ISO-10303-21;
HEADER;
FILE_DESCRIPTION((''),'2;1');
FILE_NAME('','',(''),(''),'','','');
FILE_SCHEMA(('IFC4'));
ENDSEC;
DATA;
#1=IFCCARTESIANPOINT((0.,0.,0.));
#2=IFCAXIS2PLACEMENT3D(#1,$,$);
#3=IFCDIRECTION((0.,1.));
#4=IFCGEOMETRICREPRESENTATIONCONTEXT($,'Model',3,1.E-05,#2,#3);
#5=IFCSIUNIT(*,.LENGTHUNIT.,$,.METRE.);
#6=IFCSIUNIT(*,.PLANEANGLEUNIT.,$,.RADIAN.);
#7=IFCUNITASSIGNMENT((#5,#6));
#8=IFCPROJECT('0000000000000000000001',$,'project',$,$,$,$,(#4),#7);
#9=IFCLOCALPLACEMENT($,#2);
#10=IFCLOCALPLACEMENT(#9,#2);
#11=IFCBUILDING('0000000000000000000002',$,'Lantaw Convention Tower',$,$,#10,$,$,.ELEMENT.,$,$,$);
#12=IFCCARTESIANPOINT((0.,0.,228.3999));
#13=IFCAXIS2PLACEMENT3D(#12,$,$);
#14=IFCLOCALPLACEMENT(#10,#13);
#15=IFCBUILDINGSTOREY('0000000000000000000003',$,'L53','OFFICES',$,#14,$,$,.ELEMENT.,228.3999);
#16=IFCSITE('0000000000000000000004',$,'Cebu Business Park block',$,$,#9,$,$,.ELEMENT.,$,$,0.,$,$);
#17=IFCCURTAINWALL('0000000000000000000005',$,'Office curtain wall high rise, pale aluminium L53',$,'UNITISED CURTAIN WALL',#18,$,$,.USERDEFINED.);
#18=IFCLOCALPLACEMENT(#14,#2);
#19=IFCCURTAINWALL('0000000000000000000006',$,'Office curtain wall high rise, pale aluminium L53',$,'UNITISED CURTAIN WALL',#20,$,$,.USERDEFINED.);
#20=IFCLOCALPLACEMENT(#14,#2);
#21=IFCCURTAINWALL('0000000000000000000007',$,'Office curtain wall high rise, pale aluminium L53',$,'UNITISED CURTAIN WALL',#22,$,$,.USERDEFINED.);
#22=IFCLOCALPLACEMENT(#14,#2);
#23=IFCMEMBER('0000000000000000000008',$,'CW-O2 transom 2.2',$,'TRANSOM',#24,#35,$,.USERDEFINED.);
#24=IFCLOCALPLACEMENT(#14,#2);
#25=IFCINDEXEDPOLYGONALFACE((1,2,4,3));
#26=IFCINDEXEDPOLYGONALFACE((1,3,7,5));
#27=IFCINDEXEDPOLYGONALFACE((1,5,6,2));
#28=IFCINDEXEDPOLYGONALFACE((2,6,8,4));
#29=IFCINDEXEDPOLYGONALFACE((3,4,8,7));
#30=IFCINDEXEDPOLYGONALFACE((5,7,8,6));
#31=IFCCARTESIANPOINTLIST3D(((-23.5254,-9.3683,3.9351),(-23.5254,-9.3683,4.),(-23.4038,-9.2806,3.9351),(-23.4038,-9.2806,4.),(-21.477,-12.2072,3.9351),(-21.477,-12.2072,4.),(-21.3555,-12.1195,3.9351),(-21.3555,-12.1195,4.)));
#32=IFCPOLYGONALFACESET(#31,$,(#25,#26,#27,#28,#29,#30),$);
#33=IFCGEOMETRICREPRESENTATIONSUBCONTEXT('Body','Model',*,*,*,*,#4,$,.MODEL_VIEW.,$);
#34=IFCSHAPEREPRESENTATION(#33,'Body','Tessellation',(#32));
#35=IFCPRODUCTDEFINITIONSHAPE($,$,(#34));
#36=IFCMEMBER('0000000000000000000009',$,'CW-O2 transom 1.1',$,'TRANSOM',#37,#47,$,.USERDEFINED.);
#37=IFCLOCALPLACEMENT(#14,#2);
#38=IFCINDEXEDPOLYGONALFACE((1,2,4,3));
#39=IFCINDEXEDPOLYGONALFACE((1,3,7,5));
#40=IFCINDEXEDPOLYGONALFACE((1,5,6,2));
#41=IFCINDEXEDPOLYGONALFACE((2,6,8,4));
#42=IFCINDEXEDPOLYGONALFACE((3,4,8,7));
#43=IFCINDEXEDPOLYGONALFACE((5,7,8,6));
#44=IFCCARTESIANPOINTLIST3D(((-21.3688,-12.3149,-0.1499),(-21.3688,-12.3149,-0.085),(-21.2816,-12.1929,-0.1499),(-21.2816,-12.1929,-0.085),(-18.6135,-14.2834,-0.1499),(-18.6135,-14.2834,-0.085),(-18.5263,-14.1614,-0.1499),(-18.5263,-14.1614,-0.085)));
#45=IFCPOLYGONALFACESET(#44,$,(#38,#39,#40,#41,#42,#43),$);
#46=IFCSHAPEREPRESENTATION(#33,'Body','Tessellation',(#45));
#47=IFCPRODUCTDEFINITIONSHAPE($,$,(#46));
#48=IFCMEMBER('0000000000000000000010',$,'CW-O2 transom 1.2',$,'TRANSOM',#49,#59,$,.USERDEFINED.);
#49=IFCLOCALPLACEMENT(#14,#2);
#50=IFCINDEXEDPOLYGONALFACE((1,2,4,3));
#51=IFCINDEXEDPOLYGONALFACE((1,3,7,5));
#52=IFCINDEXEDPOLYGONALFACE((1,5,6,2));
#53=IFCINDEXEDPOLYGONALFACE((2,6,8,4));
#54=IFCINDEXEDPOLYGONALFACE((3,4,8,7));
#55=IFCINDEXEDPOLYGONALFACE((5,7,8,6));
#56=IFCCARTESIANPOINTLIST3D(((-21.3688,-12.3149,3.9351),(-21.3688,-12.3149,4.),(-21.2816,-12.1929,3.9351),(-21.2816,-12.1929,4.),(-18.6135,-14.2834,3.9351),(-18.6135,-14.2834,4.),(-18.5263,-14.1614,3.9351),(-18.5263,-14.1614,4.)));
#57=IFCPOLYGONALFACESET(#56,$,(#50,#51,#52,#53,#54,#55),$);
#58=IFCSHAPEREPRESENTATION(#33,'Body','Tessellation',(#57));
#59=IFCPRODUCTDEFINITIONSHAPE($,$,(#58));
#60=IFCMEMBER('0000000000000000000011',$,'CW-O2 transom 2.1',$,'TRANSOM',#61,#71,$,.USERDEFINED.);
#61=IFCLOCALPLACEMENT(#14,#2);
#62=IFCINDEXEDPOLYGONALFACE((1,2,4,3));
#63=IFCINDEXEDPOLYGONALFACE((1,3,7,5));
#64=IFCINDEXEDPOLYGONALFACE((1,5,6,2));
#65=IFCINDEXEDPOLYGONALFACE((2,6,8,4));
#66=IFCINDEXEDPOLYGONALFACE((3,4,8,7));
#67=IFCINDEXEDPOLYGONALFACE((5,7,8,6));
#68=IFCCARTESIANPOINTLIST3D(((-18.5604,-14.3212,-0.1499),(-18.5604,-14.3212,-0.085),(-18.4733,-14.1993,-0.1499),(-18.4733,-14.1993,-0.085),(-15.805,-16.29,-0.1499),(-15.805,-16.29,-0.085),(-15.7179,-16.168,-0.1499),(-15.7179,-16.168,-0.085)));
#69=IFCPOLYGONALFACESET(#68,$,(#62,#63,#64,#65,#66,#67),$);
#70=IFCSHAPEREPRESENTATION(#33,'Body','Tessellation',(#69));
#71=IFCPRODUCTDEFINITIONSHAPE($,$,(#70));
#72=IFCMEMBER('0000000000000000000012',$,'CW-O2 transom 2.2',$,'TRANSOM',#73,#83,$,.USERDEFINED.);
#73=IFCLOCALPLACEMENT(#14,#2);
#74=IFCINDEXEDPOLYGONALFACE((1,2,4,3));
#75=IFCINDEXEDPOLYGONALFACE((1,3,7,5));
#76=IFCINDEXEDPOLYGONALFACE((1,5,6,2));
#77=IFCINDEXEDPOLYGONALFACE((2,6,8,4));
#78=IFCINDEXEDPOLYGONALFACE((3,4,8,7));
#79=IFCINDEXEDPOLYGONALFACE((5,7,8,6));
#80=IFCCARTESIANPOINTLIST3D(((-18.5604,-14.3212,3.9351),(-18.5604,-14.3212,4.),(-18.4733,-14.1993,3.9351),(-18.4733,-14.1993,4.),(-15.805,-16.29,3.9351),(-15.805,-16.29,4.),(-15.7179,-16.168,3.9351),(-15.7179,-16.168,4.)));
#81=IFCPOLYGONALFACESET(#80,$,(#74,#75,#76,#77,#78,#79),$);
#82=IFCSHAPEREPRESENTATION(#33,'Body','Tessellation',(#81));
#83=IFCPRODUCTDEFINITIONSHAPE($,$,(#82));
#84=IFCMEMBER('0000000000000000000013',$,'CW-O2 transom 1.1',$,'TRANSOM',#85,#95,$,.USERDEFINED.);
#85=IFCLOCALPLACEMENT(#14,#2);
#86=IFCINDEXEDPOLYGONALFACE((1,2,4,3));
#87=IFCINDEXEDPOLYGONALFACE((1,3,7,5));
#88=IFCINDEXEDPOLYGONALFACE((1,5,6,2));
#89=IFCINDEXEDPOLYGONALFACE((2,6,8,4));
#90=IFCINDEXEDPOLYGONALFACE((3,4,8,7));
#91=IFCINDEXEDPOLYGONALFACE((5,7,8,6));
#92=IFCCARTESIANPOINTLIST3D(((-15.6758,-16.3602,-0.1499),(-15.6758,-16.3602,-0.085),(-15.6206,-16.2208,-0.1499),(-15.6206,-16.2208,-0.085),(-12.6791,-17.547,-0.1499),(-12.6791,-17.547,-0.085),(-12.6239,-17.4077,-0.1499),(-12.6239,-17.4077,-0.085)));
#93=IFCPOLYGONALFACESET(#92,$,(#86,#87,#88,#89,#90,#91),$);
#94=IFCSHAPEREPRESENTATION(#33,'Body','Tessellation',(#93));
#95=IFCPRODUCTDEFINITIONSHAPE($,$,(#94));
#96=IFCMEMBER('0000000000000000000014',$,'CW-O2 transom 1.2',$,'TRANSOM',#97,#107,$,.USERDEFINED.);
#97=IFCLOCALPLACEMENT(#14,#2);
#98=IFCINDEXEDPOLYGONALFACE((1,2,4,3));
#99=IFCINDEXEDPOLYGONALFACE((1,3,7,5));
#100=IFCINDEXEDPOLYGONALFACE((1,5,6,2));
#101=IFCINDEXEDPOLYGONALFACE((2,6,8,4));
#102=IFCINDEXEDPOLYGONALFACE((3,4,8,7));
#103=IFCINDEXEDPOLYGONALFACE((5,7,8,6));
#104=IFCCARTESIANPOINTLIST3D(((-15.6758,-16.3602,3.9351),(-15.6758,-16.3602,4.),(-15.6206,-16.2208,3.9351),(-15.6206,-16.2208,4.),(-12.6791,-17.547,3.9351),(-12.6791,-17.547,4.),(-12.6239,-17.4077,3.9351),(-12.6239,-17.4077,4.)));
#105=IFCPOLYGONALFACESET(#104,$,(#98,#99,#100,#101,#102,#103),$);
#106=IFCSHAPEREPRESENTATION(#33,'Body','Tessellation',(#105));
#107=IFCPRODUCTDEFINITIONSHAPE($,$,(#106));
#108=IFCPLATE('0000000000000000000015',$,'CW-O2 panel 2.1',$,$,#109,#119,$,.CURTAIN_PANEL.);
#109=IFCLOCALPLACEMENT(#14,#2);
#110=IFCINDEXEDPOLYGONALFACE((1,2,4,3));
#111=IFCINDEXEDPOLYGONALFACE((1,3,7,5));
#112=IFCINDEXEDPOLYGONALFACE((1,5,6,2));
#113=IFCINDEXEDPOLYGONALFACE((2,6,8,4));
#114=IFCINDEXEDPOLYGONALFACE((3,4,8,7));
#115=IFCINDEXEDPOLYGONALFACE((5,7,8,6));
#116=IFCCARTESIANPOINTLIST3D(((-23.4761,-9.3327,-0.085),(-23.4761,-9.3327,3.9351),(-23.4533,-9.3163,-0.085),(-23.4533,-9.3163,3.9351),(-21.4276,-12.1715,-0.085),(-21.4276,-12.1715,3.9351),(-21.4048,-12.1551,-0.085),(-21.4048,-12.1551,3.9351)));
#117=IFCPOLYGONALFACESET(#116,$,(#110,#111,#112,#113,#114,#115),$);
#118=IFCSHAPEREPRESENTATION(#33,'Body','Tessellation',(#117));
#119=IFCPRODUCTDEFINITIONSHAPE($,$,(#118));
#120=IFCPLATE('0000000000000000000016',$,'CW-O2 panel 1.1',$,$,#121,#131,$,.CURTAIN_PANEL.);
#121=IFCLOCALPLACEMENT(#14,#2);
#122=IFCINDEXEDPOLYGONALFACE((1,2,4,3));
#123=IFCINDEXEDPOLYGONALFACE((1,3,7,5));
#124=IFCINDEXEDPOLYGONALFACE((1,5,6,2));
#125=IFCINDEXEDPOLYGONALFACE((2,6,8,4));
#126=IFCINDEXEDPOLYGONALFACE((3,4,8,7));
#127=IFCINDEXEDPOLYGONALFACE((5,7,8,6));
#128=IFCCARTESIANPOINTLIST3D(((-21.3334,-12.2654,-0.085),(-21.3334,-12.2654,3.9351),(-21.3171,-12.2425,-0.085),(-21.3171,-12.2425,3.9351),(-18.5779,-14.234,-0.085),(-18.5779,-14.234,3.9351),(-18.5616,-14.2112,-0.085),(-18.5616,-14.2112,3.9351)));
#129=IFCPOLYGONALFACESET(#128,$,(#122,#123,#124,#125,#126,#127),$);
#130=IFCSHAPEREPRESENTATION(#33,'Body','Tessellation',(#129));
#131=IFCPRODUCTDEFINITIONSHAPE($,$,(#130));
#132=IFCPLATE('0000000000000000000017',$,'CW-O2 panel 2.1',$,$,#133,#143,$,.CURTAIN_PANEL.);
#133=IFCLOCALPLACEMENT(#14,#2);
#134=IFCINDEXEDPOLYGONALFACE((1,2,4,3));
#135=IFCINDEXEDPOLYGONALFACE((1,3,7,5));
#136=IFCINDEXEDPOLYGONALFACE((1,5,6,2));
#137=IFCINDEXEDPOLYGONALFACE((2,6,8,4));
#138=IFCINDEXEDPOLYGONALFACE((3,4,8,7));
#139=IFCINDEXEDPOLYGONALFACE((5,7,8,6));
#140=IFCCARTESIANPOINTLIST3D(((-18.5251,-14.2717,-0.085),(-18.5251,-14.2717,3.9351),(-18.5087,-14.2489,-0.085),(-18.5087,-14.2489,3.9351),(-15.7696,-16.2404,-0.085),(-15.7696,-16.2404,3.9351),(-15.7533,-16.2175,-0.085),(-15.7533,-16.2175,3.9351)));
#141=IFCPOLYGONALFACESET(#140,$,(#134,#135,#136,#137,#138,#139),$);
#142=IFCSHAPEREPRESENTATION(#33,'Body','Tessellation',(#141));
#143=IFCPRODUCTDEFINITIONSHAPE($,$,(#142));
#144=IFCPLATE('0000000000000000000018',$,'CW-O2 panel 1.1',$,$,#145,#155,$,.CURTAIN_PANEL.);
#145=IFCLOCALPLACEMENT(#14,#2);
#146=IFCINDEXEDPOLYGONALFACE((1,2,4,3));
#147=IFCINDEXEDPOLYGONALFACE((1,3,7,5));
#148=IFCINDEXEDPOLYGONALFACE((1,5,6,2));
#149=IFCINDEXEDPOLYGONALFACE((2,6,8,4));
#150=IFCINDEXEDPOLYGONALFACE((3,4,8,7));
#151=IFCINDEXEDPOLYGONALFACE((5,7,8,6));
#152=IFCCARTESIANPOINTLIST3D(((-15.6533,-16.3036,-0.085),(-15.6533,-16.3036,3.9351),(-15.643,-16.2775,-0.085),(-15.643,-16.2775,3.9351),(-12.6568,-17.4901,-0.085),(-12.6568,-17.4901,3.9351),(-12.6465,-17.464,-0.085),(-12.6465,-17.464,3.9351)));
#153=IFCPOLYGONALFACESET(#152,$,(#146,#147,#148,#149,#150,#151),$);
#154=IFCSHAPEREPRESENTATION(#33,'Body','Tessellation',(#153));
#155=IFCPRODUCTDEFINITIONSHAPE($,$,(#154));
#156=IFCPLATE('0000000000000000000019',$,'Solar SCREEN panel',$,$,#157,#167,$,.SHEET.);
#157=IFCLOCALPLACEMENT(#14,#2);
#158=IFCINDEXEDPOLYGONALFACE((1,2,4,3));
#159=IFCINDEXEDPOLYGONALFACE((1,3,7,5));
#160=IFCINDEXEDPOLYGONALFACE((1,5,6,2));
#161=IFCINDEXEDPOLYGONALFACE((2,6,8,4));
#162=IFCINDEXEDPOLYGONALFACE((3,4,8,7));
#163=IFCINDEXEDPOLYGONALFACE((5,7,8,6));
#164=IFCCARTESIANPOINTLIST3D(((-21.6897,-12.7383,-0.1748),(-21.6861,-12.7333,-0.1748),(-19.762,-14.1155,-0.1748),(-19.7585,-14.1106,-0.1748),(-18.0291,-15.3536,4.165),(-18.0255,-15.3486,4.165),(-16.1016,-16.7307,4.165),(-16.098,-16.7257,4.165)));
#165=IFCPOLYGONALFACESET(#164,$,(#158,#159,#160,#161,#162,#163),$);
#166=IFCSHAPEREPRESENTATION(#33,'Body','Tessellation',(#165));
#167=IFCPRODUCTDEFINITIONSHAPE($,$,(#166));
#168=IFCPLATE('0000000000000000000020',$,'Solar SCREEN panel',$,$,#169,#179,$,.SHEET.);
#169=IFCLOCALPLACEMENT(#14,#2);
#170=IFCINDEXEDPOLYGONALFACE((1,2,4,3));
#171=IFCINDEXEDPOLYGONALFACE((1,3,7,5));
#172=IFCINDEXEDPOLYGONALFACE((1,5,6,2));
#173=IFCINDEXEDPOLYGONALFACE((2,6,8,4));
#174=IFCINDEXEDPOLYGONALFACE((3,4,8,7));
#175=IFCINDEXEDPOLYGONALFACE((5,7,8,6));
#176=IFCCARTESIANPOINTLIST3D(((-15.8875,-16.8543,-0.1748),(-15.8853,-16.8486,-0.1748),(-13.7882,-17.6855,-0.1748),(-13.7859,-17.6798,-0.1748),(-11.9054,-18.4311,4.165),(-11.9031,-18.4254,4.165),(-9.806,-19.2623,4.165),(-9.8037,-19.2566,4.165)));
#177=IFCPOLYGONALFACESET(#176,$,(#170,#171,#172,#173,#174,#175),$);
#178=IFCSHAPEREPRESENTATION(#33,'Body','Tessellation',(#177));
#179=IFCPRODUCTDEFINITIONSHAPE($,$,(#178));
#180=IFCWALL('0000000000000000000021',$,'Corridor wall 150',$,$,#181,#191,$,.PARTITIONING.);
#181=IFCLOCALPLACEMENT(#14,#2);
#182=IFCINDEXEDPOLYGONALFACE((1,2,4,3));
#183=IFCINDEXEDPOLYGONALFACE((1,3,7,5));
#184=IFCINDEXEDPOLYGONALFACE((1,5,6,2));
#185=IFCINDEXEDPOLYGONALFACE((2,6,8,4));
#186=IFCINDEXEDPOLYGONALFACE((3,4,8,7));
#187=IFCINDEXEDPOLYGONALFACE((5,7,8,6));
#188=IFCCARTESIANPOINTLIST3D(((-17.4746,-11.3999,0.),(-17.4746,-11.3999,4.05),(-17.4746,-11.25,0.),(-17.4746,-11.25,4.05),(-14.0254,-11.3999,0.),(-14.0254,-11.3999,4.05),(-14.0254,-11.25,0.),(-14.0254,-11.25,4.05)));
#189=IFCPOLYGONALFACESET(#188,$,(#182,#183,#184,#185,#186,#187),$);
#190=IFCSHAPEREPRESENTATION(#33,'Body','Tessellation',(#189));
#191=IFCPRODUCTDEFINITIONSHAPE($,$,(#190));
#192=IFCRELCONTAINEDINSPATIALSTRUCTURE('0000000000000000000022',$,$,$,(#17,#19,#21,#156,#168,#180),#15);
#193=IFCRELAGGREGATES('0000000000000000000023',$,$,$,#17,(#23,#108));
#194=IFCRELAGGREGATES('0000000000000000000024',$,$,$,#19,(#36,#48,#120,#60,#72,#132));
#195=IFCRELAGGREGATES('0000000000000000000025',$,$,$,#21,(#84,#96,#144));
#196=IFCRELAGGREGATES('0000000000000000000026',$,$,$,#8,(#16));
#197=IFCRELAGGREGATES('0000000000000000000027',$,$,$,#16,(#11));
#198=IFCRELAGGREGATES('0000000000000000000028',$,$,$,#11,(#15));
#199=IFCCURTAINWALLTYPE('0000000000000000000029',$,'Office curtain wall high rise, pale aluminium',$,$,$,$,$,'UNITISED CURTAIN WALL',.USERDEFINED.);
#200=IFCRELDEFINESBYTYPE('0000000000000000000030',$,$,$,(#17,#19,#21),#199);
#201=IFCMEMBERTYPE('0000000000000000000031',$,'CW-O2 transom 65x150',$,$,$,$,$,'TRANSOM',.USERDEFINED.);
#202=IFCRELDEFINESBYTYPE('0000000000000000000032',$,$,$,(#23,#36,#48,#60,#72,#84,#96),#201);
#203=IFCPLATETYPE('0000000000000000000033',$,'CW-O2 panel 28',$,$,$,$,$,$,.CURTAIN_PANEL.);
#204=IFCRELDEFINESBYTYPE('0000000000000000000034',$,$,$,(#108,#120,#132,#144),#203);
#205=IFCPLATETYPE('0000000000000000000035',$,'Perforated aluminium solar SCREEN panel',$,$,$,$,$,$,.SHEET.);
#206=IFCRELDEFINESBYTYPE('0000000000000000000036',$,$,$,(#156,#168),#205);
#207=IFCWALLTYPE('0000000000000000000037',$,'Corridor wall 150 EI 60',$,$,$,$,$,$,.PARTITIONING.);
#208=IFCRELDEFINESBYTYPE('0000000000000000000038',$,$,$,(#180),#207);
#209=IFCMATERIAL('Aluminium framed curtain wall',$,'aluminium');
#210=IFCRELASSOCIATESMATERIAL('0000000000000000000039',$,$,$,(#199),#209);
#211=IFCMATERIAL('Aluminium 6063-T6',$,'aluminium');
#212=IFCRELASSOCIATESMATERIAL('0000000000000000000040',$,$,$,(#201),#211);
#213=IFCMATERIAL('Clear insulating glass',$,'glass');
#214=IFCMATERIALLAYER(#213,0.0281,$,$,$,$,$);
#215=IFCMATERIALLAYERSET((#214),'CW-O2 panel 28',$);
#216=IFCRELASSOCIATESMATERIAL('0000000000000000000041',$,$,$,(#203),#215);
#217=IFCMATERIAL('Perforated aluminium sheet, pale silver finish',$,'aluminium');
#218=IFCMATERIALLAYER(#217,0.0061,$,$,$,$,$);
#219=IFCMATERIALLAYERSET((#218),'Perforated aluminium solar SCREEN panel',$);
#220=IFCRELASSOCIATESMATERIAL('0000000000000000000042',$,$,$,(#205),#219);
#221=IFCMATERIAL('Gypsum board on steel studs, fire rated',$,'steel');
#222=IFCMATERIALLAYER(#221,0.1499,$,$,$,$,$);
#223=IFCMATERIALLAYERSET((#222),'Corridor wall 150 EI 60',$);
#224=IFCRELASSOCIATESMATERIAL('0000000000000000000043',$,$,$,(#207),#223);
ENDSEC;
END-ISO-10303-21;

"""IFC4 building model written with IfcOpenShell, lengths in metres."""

from ifc_helpers import new_model, si_unit, direction, frame, frame_2d, origin, origin_2d, place, context, subcontext, project, spatial, polyline, rectangle, outline, extrude, material, layer, layer_set, material_profile, profile_set, type_object, element, aggregate, save


model = new_model("IFC4")

# Units and contexts
model_context = context("Model", 3, precision=1e-05, world=origin(), true_north=direction((0.0, 1.0)))
body_context = subcontext(model_context, "Body", "Model", "MODEL_VIEW")
ifc_project = project(units=[si_unit("LENGTHUNIT", "METRE"), si_unit("PLANEANGLEUNIT", "RADIAN")], contexts=[model_context])

# Site, building, storey
site_placement = place(None, origin())
site = spatial("IfcSite", under=ifc_project, at=site_placement, Name="Cebu Business Park block", CompositionType="ELEMENT", RefElevation=0.0)
building_placement = place(site_placement, origin())
building = spatial("IfcBuilding", under=site, at=building_placement, Name="Lantaw Convention Tower", CompositionType="ELEMENT")
storey_placement = place(building_placement, frame((0.0, 0.0, 228.3999)))
storey = spatial("IfcBuildingStorey", under=building, at=storey_placement, Name="L53", Description="OFFICES", CompositionType="ELEMENT", Elevation=228.3999)

# Curtain walls
ifc_material_1 = material(Name="Aluminium framed curtain wall", Category="aluminium")
curtain_wall_type = type_object("IfcCurtainWallType", Name="Office curtain wall high rise, pale aluminium", ElementType="UNITISED CURTAIN WALL", PredefinedType="USERDEFINED", material=ifc_material_1)
curtain_wall_1_placement = place(storey_placement, origin())
curtain_wall_1 = element("IfcCurtainWall", 1, at=curtain_wall_1_placement, inside=storey, type_object=curtain_wall_type, Name="Office curtain wall high rise, pale aluminium L53", ObjectType="UNITISED CURTAIN WALL", PredefinedType="USERDEFINED")
ifc_material_2 = material(Name="Aluminium 6063-T6", Category="aluminium")
curtain_wall_2_placement = place(storey_placement, origin())
curtain_wall_2 = element("IfcCurtainWall", 2, at=curtain_wall_2_placement, inside=storey, type_object=curtain_wall_type, Name="Office curtain wall high rise, pale aluminium L53", ObjectType="UNITISED CURTAIN WALL", PredefinedType="USERDEFINED")

# Curtain wall
curtain_wall_3_placement = place(storey_placement, origin())
curtain_wall_3 = element("IfcCurtainWall", 3, at=curtain_wall_3_placement, inside=storey, type_object=curtain_wall_type, Name="Office curtain wall high rise, pale aluminium L53", ObjectType="UNITISED CURTAIN WALL", PredefinedType="USERDEFINED")

# Members
ifc_material_profile_1 = material_profile(ifc_material_2, rectangle(XDim=0.1499, YDim=0.0649, at=origin_2d()), Name="CW-O2 transom 65x150")
ifc_profile_set_1 = profile_set([ifc_material_profile_1], Name="Aluminium 6063-T6")
member_type_1 = type_object("IfcMemberType", Name="CW-O2 transom 65x150", ElementType="TRANSOM", PredefinedType="USERDEFINED", material=ifc_profile_set_1)
member_1_placement = place(storey_placement, frame((-23.4646, -9.3245, 3.9675), z_axis=(0.585124, -0.810944, 0.0), x_axis=(0.810944, 0.585124, 0.0)))
member_1 = element("IfcMember", 4, at=member_1_placement, type_object=member_type_1, Name="CW-O2 transom 2.2", ObjectType="TRANSOM", PredefinedType="USERDEFINED", context=body_context, shape_type="SweptSolid", body=[
    extrude(rectangle(XDim=0.1499, YDim=0.0649, at=origin_2d()), origin(), (0.0, 0.0, 1.0), 3.5007),
])
member_2_placement = place(storey_placement, frame((-21.3252, -12.2539, -0.1174), z_axis=(0.81368, -0.581313, 0.0), x_axis=(0.581313, 0.81368, 0.0)))
member_2 = element("IfcMember", 5, at=member_2_placement, type_object=member_type_1, Name="CW-O2 transom 1.1", ObjectType="TRANSOM", PredefinedType="USERDEFINED", context=body_context, shape_type="SweptSolid", body=[
    extrude(rectangle(XDim=0.1499, YDim=0.0649, at=origin_2d()), origin(), (0.0, 0.0, 1.0), 3.3862),
])
member_3_placement = place(storey_placement, frame((-21.3252, -12.2539, 3.9675), z_axis=(0.81368, -0.581313, 0.0), x_axis=(0.581313, 0.81368, 0.0)))
member_3 = element("IfcMember", 6, at=member_3_placement, type_object=member_type_1, Name="CW-O2 transom 1.2", ObjectType="TRANSOM", PredefinedType="USERDEFINED", context=body_context, shape_type="SweptSolid", body=[
    extrude(rectangle(XDim=0.1499, YDim=0.0649, at=origin_2d()), origin(), (0.0, 0.0, 1.0), 3.3862),
])
member_4_placement = place(storey_placement, frame((-18.5168, -14.2603, -0.1174), z_axis=(0.813646, -0.581361, 0.0), x_axis=(0.581361, 0.813646, 0.0)))
member_4 = element("IfcMember", 7, at=member_4_placement, type_object=member_type_1, Name="CW-O2 transom 2.1", ObjectType="TRANSOM", PredefinedType="USERDEFINED", context=body_context, shape_type="SweptSolid", body=[
    extrude(rectangle(XDim=0.1499, YDim=0.0649, at=origin_2d()), origin(), (0.0, 0.0, 1.0), 3.3865),
])
member_5_placement = place(storey_placement, frame((-18.5168, -14.2603, 3.9675), z_axis=(0.813646, -0.581361, 0.0), x_axis=(0.581361, 0.813646, 0.0)))
member_5 = element("IfcMember", 8, at=member_5_placement, type_object=member_type_1, Name="CW-O2 transom 2.2", ObjectType="TRANSOM", PredefinedType="USERDEFINED", context=body_context, shape_type="SweptSolid", body=[
    extrude(rectangle(XDim=0.1499, YDim=0.0649, at=origin_2d()), origin(), (0.0, 0.0, 1.0), 3.3865),
])
member_6_placement = place(storey_placement, frame((-15.6482, -16.2905, -0.1174), z_axis=(0.929741, -0.368215, 0.0), x_axis=(0.368215, 0.929741, 0.0)))
member_6 = element("IfcMember", 9, at=member_6_placement, type_object=member_type_1, Name="CW-O2 transom 1.1", ObjectType="TRANSOM", PredefinedType="USERDEFINED", context=body_context, shape_type="SweptSolid", body=[
    extrude(rectangle(XDim=0.1499, YDim=0.0649, at=origin_2d()), origin(), (0.0, 0.0, 1.0), 3.2231),
])
member_7_placement = place(storey_placement, frame((-15.6482, -16.2905, 3.9675), z_axis=(0.929741, -0.368215, 0.0), x_axis=(0.368215, 0.929741, 0.0)))
member_7 = element("IfcMember", 10, at=member_7_placement, type_object=member_type_1, Name="CW-O2 transom 1.2", ObjectType="TRANSOM", PredefinedType="USERDEFINED", context=body_context, shape_type="SweptSolid", body=[
    extrude(rectangle(XDim=0.1499, YDim=0.0649, at=origin_2d()), origin(), (0.0, 0.0, 1.0), 3.2231),
])

# Plates
ifc_material_3 = material(Name="Clear insulating glass", Category="glass")
ifc_layer_1 = layer(ifc_material_3, 0.0281)
ifc_layer_set_1 = layer_set([ifc_layer_1], Name="CW-O2 panel 28")
plate_type_1 = type_object("IfcPlateType", Name="CW-O2 panel 28", PredefinedType="CURTAIN_PANEL", material=ifc_layer_set_1)
plate_1_placement = place(storey_placement, frame((-22.4404, -10.7439, -0.085), z_axis=(0.0, 0.0, 1.0), x_axis=(0.585158, -0.81092, 0.0)))
plate_1 = element("IfcPlate", 11, at=plate_1_placement, type_object=plate_type_1, Name="CW-O2 panel 2.1", PredefinedType="CURTAIN_PANEL", context=body_context, shape_type="SweptSolid", body=[
    extrude(rectangle(XDim=3.5007, YDim=0.0281, at=origin_2d()), origin(), (0.0, 0.0, 1.0), 4.02),
])
aggregate(curtain_wall_1, [member_1, plate_1])
plate_2_placement = place(storey_placement, frame((-19.9475, -13.2383, -0.085), z_axis=(0.0, 0.0, 1.0), x_axis=(0.813673, -0.581323, 0.0)))
plate_2 = element("IfcPlate", 12, at=plate_2_placement, type_object=plate_type_1, Name="CW-O2 panel 1.1", PredefinedType="CURTAIN_PANEL", context=body_context, shape_type="SweptSolid", body=[
    extrude(rectangle(XDim=3.3865, YDim=0.0281, at=origin_2d()), origin(), (0.0, 0.0, 1.0), 4.02),
])
plate_3_placement = place(storey_placement, frame((-17.1392, -15.2446, -0.085), z_axis=(0.0, 0.0, 1.0), x_axis=(0.813673, -0.581323, 0.0)))
plate_3 = element("IfcPlate", 13, at=plate_3_placement, type_object=plate_type_1, Name="CW-O2 panel 2.1", PredefinedType="CURTAIN_PANEL", context=body_context, shape_type="SweptSolid", body=[
    extrude(rectangle(XDim=3.3865, YDim=0.0281, at=origin_2d()), origin(), (0.0, 0.0, 1.0), 4.02),
])
aggregate(curtain_wall_2, [member_2, member_3, plate_2, member_4, member_5, plate_3])
plate_4_placement = place(storey_placement, frame((-14.1499, -16.8838, -0.085), z_axis=(0.0, 0.0, 1.0), x_axis=(0.929762, -0.368162, 0.0)))
plate_4 = element("IfcPlate", 14, at=plate_4_placement, type_object=plate_type_1, Name="CW-O2 panel 1.1", PredefinedType="CURTAIN_PANEL", context=body_context, shape_type="SweptSolid", body=[
    extrude(rectangle(XDim=3.2229, YDim=0.0281, at=origin_2d()), origin(), (0.0, 0.0, 1.0), 4.02),
])
aggregate(curtain_wall_3, [member_6, member_7, plate_4])

# Plates
ifc_material_4 = material(Name="Perforated aluminium sheet, pale silver finish", Category="aluminium")
ifc_layer_2 = layer(ifc_material_4, 0.0061)
ifc_layer_set_2 = layer_set([ifc_layer_2], Name="Perforated aluminium solar SCREEN panel")
plate_type_2 = type_object("IfcPlateType", Name="Perforated aluminium solar SCREEN panel", PredefinedType="SHEET", material=ifc_layer_set_2)
plate_5_placement = place(storey_placement, frame((-21.6897, -12.7383, -0.1748), z_axis=(-0.581331, -0.813667, 0.00001), x_axis=(0.813667, -0.581331, 0.0)))
element("IfcPlate", 15, at=plate_5_placement, inside=storey, type_object=plate_type_2, Name="Solar SCREEN panel", PredefinedType="SHEET", context=body_context, shape_type="SweptSolid", body=[
    extrude(outline(polyline([(0.0, 0.0), (2.3691, 0.0), (6.8678, 4.3398), (4.4989, 4.3398), (0.0, 0.0)])), origin(), (0.0, 0.0, -1.0), 0.0061),
])
plate_6_placement = place(storey_placement, frame((-15.8853, -16.8486, -0.1748), z_axis=(0.368117, 0.92978, 0.000036), x_axis=(0.92978, -0.368117, 0.0)))
element("IfcPlate", 16, at=plate_6_placement, inside=storey, type_object=plate_type_2, Name="Solar SCREEN panel", PredefinedType="SHEET", context=body_context, shape_type="SweptSolid", body=[
    extrude(outline(polyline([(0.0, 0.0), (2.2579, 0.0), (6.5409, -4.3398), (4.2829, -4.3398), (0.0, 0.0)])), origin(), (0.0, 0.0, -1.0), 0.0061),
])

# Wall
ifc_material_5 = material(Name="Gypsum board on steel studs, fire rated", Category="steel")
ifc_layer_3 = layer(ifc_material_5, 0.1499)
ifc_layer_set_3 = layer_set([ifc_layer_3], Name="Corridor wall 150 EI 60")
wall_type_1 = type_object("IfcWallType", Name="Corridor wall 150 EI 60", PredefinedType="PARTITIONING", material=ifc_layer_set_3)
wall_1_placement = place(storey_placement, frame((-14.0254, -11.325, 0.0), z_axis=(0.0, 0.0, 1.0), x_axis=(-1.0, 0.0, 0.0)))
element("IfcWall", 17, at=wall_1_placement, inside=storey, type_object=wall_type_1, Name="Corridor wall 150", PredefinedType="PARTITIONING", context=body_context, shape_type="SweptSolid", body=[
    extrude(rectangle(XDim=3.4492, YDim=0.1499, at=frame_2d((1.7246, 0.0))), origin(), (0.0, 0.0, 1.0), 4.05),
])

save(model, "model.ifc")
